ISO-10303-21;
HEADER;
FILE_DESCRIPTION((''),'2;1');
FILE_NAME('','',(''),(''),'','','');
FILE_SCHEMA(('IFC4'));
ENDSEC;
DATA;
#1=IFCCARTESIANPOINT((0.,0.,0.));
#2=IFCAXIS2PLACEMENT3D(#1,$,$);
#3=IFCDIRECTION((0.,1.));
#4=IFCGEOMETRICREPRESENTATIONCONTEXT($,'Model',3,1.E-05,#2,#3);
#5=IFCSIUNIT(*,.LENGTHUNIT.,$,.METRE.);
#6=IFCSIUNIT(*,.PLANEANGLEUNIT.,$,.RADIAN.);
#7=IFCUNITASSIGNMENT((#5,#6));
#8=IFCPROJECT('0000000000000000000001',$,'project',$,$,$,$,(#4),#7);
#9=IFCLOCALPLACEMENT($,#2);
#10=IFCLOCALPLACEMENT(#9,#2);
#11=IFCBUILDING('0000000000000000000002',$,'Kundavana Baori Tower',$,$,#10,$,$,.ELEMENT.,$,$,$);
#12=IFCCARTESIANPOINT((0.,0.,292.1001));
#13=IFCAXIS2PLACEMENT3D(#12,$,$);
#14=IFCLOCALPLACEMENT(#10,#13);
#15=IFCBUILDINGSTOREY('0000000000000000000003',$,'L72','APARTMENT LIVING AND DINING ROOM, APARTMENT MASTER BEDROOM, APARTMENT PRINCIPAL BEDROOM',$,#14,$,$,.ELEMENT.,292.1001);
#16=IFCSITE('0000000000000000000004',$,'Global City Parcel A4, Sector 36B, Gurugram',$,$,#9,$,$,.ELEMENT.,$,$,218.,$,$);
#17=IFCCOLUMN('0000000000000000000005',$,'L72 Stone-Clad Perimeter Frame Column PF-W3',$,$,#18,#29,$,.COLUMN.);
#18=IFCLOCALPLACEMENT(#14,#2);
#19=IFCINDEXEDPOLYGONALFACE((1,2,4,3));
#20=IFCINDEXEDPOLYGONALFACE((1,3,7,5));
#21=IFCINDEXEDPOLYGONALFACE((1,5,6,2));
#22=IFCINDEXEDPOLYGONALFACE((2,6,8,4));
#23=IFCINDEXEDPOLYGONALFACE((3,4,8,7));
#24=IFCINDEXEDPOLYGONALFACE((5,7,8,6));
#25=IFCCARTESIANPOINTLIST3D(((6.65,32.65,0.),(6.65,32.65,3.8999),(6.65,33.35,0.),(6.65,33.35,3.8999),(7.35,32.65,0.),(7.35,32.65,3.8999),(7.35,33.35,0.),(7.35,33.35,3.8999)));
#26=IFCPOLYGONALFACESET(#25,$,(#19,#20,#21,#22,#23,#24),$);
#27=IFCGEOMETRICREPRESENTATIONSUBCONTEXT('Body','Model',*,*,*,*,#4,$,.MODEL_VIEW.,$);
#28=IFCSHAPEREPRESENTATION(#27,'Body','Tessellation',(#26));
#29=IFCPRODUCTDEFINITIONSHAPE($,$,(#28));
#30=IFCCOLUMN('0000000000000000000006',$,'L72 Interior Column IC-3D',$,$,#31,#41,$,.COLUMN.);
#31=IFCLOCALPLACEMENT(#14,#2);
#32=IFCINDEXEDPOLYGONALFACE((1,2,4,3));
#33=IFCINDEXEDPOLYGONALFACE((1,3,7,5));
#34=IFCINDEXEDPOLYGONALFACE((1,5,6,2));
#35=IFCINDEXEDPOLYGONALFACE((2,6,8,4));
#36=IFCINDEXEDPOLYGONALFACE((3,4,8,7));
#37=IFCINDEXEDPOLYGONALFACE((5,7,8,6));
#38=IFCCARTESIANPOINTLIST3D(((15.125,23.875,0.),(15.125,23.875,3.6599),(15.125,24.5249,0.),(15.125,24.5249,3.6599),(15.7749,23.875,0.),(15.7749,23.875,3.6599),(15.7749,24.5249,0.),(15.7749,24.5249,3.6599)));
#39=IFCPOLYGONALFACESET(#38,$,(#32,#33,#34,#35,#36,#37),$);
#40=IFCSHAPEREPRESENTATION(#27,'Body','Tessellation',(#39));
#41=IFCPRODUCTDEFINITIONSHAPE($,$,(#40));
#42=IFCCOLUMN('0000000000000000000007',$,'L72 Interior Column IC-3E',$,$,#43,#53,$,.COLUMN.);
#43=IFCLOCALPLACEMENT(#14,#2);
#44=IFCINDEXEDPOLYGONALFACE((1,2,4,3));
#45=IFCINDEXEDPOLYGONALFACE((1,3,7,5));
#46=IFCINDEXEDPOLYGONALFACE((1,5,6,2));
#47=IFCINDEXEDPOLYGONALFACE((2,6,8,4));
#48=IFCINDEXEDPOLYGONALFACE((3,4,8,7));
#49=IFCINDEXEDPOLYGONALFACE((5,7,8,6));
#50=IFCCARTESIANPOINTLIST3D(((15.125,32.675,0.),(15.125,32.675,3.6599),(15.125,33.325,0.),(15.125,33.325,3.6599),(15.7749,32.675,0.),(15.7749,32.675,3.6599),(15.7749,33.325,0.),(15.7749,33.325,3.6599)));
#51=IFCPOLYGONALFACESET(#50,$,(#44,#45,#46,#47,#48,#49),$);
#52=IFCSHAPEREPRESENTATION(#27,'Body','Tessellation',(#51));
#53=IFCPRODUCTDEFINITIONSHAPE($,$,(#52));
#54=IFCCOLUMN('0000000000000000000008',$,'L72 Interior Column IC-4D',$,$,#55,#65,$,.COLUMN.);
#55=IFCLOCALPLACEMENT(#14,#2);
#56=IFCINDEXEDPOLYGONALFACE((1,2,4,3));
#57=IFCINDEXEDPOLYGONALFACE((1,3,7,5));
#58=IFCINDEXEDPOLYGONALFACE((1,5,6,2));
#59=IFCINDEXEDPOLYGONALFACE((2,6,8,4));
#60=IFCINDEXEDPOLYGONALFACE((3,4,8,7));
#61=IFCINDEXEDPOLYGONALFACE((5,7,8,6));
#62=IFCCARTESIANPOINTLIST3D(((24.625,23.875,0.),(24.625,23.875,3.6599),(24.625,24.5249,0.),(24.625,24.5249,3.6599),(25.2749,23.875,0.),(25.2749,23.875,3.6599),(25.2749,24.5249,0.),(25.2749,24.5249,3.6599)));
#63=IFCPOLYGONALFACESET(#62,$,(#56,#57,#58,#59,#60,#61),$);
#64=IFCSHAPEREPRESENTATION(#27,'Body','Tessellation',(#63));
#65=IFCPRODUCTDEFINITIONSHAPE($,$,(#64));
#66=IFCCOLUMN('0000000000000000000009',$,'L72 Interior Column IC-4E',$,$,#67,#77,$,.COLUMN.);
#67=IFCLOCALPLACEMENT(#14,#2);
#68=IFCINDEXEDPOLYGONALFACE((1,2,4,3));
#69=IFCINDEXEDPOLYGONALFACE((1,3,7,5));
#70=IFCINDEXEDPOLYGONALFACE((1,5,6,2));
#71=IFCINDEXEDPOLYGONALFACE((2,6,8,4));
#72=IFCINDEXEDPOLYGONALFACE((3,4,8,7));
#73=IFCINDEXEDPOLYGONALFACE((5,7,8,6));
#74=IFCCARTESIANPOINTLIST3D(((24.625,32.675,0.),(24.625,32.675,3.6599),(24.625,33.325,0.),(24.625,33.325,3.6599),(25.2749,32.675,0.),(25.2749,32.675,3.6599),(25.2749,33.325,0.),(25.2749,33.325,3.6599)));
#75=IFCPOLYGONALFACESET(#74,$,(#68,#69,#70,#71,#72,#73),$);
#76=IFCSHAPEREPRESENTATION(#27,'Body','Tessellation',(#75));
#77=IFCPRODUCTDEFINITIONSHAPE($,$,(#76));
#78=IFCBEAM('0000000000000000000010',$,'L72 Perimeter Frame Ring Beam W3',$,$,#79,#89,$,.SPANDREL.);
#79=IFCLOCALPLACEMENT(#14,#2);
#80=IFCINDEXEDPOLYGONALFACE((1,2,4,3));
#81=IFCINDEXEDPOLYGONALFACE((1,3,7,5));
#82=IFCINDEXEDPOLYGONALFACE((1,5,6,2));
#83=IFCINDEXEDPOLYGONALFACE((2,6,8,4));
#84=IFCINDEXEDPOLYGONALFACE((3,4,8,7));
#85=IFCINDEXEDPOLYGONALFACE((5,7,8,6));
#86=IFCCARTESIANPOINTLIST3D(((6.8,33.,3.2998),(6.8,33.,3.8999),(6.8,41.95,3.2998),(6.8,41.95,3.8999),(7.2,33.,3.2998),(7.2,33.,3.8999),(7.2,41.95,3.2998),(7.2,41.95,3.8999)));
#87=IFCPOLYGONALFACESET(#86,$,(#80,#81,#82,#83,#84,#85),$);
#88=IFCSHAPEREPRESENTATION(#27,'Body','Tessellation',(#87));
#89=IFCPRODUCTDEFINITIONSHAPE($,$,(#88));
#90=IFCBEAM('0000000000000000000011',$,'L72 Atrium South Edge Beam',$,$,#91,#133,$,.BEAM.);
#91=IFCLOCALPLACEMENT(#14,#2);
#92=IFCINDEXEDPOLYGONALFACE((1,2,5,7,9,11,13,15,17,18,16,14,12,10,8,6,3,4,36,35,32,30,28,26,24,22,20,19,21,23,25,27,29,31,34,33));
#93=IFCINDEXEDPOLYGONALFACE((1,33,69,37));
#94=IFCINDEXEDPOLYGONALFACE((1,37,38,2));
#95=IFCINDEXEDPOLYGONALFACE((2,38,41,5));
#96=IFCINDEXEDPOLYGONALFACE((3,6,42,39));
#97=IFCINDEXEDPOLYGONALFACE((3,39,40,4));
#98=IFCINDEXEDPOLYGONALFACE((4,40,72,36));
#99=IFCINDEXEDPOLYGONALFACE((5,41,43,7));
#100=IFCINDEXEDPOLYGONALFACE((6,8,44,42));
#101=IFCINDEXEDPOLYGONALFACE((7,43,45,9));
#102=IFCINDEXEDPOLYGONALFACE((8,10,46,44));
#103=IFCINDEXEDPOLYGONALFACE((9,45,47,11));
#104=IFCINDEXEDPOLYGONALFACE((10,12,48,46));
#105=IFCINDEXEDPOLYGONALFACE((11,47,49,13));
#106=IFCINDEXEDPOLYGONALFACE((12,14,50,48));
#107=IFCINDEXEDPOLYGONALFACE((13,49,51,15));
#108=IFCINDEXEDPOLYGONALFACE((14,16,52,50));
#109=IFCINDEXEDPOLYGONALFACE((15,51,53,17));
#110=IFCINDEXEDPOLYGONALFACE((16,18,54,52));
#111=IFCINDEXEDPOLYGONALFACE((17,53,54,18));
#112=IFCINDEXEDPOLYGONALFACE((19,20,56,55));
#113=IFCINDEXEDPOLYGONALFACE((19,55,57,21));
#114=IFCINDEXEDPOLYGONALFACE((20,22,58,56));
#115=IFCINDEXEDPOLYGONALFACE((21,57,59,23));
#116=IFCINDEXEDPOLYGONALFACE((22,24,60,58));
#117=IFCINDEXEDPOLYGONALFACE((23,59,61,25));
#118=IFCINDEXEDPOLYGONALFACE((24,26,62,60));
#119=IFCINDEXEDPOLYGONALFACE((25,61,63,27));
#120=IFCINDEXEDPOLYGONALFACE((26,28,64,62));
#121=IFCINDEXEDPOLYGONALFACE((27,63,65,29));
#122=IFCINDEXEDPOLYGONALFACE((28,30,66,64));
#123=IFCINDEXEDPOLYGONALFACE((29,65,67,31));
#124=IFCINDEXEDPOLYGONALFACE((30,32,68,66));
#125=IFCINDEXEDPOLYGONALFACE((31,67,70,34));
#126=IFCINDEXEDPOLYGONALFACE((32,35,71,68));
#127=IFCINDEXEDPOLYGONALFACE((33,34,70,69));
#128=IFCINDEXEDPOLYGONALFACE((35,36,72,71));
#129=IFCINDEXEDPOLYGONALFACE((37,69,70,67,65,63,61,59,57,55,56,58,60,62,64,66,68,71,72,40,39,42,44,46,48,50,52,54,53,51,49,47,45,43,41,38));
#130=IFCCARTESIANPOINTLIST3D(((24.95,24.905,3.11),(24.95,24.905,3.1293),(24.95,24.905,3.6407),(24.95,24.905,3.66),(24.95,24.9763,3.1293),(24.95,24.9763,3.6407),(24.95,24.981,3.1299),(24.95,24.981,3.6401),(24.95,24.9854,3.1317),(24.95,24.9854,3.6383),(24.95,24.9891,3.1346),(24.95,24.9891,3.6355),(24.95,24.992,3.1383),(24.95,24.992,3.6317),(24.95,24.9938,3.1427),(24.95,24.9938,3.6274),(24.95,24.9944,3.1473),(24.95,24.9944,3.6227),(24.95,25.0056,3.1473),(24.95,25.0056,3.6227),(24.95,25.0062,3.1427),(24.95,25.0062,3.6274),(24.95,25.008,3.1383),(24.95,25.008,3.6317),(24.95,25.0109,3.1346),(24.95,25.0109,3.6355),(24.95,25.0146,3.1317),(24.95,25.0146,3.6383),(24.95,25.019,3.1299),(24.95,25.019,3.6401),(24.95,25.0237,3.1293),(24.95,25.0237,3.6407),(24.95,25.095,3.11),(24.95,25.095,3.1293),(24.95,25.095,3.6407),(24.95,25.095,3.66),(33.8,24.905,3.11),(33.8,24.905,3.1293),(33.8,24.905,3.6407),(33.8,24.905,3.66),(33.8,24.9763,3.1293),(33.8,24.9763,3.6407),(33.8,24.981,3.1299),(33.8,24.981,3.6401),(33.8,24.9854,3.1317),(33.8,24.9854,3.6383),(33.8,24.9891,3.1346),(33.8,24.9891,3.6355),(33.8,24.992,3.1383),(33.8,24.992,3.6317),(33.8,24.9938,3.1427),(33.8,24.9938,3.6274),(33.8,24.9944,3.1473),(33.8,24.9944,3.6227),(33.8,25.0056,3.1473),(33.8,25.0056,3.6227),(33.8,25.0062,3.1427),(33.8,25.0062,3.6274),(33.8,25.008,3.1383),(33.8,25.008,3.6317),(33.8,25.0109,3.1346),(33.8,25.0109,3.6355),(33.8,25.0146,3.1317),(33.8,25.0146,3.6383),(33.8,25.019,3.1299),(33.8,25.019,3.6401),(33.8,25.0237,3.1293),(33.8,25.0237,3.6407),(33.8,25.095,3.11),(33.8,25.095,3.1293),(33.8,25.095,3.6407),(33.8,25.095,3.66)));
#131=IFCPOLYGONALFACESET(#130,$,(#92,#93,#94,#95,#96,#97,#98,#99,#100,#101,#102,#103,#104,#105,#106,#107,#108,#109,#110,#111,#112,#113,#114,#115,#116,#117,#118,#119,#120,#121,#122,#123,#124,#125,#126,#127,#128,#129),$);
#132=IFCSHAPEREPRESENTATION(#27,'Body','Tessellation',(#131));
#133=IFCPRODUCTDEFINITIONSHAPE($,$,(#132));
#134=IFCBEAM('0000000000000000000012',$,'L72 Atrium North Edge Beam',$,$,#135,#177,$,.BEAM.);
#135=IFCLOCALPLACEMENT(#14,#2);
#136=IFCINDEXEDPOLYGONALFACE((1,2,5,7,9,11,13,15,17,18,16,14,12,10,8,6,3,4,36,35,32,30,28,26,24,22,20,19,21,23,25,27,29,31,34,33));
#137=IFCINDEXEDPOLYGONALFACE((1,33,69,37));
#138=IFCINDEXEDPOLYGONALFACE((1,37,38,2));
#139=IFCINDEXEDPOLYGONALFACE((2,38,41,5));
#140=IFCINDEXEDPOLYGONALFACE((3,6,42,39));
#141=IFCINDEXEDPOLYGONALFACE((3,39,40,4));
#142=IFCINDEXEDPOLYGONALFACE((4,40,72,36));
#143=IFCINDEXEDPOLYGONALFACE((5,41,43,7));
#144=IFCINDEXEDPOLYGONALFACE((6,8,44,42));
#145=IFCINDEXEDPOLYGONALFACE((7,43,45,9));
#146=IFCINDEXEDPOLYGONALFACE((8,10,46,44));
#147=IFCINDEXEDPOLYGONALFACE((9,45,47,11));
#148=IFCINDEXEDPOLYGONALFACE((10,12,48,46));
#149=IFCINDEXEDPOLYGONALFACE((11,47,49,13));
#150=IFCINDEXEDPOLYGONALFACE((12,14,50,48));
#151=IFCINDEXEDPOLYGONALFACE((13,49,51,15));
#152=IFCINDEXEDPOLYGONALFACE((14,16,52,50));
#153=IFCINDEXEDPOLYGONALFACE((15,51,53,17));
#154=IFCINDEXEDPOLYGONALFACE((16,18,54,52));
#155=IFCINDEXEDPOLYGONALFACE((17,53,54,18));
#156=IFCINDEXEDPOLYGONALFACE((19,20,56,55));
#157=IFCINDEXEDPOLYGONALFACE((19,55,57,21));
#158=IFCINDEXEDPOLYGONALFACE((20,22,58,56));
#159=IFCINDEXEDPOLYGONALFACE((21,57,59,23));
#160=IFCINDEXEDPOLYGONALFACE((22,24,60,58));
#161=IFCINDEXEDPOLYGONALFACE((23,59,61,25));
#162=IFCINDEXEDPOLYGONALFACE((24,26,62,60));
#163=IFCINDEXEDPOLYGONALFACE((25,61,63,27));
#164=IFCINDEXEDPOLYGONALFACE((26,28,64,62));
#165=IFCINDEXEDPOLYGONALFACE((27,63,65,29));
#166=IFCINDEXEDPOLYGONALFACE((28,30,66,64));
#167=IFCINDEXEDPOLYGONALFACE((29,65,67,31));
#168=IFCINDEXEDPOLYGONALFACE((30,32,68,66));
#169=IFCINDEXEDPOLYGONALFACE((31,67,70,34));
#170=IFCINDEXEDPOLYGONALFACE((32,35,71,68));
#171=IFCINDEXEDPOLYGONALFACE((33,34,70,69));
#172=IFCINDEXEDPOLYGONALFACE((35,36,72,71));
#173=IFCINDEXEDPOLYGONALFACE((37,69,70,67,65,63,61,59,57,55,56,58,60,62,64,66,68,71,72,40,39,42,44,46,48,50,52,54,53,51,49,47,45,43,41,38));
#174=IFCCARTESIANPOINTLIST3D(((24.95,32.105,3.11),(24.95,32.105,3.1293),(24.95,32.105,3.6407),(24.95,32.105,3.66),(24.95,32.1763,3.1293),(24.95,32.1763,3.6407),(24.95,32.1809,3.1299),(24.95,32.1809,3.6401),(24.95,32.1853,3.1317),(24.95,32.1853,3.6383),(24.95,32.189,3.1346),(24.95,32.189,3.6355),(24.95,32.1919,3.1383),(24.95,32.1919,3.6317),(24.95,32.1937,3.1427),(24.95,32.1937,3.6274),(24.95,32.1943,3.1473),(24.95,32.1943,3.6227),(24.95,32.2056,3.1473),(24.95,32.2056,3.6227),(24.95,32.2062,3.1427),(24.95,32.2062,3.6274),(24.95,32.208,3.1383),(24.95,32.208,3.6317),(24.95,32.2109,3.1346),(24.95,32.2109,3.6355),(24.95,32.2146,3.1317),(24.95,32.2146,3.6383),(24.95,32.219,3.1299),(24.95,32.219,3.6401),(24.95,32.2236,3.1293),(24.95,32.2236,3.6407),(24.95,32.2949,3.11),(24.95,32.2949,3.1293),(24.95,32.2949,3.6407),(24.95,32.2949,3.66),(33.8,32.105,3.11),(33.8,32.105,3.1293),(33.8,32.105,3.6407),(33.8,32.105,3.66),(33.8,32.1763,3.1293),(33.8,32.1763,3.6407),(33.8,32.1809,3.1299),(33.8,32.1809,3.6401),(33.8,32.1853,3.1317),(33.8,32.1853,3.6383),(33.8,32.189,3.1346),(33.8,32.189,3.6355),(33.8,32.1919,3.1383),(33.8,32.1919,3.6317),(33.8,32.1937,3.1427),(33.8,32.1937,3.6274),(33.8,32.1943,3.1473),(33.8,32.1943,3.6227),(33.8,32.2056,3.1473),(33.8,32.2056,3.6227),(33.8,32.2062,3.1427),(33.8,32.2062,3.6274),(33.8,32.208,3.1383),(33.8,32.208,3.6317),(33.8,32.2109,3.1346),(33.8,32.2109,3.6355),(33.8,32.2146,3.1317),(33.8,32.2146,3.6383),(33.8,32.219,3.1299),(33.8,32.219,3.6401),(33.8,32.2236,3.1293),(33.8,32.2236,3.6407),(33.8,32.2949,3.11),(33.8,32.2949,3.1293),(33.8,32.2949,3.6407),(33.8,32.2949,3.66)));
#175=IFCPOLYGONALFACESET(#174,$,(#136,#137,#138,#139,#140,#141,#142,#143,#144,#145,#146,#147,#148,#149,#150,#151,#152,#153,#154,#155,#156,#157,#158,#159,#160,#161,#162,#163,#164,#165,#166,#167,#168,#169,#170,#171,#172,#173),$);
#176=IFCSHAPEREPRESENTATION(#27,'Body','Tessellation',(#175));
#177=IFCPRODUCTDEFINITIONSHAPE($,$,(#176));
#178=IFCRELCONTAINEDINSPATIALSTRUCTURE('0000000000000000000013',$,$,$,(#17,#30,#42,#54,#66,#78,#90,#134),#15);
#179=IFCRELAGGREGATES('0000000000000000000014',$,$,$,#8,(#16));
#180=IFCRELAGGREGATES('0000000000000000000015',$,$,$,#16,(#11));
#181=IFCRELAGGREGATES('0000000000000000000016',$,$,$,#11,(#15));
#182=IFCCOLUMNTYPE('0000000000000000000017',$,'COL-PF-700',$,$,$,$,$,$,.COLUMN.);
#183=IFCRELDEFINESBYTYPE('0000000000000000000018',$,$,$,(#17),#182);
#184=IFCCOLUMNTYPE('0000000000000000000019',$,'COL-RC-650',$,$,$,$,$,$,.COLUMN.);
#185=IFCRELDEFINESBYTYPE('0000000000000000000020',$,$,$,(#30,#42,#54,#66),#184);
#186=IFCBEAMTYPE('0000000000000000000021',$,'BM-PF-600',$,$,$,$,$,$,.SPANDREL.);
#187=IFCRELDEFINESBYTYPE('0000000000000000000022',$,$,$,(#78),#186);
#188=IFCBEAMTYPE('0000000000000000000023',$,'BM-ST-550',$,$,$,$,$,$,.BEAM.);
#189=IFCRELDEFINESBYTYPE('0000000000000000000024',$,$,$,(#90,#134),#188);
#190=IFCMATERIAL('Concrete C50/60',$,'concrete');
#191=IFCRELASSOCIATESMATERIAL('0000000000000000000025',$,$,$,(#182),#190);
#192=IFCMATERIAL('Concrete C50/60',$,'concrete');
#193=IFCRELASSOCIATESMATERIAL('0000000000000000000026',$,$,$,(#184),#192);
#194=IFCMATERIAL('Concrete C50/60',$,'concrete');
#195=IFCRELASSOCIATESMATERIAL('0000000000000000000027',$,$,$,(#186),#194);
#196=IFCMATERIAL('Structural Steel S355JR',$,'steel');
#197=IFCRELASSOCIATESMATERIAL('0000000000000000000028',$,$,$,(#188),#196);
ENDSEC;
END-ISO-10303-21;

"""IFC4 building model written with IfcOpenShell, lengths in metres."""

from ifc_helpers import new_model, si_unit, direction, frame, origin, origin_2d, place, context, subcontext, project, spatial, rectangle, i_section, extrude, material, material_profile, profile_set, type_object, element, save


model = new_model("IFC4")

# Units and contexts
model_context = context("Model", 3, precision=1e-05, world=origin(), true_north=direction((0.0, 1.0)))
body_context = subcontext(model_context, "Body", "Model", "MODEL_VIEW")
ifc_project = project(units=[si_unit("LENGTHUNIT", "METRE"), si_unit("PLANEANGLEUNIT", "RADIAN")], contexts=[model_context])

# Site, building, storey
site_placement = place(None, origin())
site = spatial("IfcSite", under=ifc_project, at=site_placement, Name="Global City Parcel A4, Sector 36B, Gurugram", CompositionType="ELEMENT", RefElevation=218.0)
building_placement = place(site_placement, origin())
building = spatial("IfcBuilding", under=site, at=building_placement, Name="Kundavana Baori Tower", CompositionType="ELEMENT")
storey_placement = place(building_placement, frame((0.0, 0.0, 292.1001)))
storey = spatial("IfcBuildingStorey", under=building, at=storey_placement, Name="L72", Description="APARTMENT LIVING AND DINING ROOM, APARTMENT MASTER BEDROOM, APARTMENT PRINCIPAL BEDROOM", CompositionType="ELEMENT", Elevation=292.1001)

# Columns
ifc_material_1 = material(Name="Concrete C50/60", Category="concrete")
ifc_material_profile_1 = material_profile(ifc_material_1, rectangle(XDim=0.7, YDim=0.7, at=origin_2d()), Name="RC PF 700x700")
ifc_profile_set_1 = profile_set([ifc_material_profile_1], Name="Concrete C50/60")
column_type_1 = type_object("IfcColumnType", Name="COL-PF-700", PredefinedType="COLUMN", material=ifc_profile_set_1)
column_placement = place(storey_placement, frame((7.0, 33.0, 0.0), z_axis=(0.0, 0.0, 1.0), x_axis=(1.0, 0.0, 0.0)))
element("IfcColumn", 1, at=column_placement, inside=storey, type_object=column_type_1, Name="L72 Stone-Clad Perimeter Frame Column PF-W3", PredefinedType="COLUMN", context=body_context, shape_type="SweptSolid", body=[
    extrude(rectangle(XDim=0.7, YDim=0.7, at=origin_2d()), origin(), (0.0, 0.0, 1.0), 3.8999),
])
ifc_material_2 = material(Name="Concrete C50/60", Category="concrete")
ifc_material_profile_2 = material_profile(ifc_material_2, rectangle(XDim=0.6499, YDim=0.6499, at=origin_2d()), Name="RC 650x650")
ifc_profile_set_2 = profile_set([ifc_material_profile_2], Name="Concrete C50/60")
column_type_2 = type_object("IfcColumnType", Name="COL-RC-650", PredefinedType="COLUMN", material=ifc_profile_set_2)
for number, where, z_axis, x_axis, name in (
    (2, (15.45, 24.2, 0.0), (0.0, 0.0, 1.0), (1.0, 0.0, 0.0), "L72 Interior Column IC-3D"),
    (3, (15.45, 33.0, 0.0), (0.0, 0.0, 1.0), (1.0, 0.0, 0.0), "L72 Interior Column IC-3E"),
    (4, (24.95, 24.2, 0.0), (0.0, 0.0, 1.0), (1.0, 0.0, 0.0), "L72 Interior Column IC-4D"),
    (5, (24.95, 33.0, 0.0), (0.0, 0.0, 1.0), (1.0, 0.0, 0.0), "L72 Interior Column IC-4E"),
):
    element("IfcColumn", number, at=place(storey_placement, frame(where, z_axis=z_axis, x_axis=x_axis)), inside=storey, type_object=column_type_2, Name=name, PredefinedType="COLUMN", context=body_context, shape_type="SweptSolid", body=[
        extrude(rectangle(XDim=0.6499, YDim=0.6499, at=origin_2d()), origin(), (0.0, 0.0, 1.0), 3.6599),
    ])

# Beams
ifc_material_3 = material(Name="Concrete C50/60", Category="concrete")
ifc_material_profile_3 = material_profile(ifc_material_3, rectangle(XDim=0.3999, YDim=0.6001, at=origin_2d()), Name="RC BM 400x600")
ifc_profile_set_3 = profile_set([ifc_material_profile_3], Name="Concrete C50/60")
beam_type_1 = type_object("IfcBeamType", Name="BM-PF-600", PredefinedType="SPANDREL", material=ifc_profile_set_3)
beam_1_placement = place(storey_placement, frame((7.0, 33.0, 3.5999), z_axis=(0.0, 1.0, 0.0), x_axis=(-1.0, 0.0, 0.0)))
element("IfcBeam", 6, at=beam_1_placement, inside=storey, type_object=beam_type_1, Name="L72 Perimeter Frame Ring Beam W3", PredefinedType="SPANDREL", context=body_context, shape_type="SweptSolid", body=[
    extrude(rectangle(XDim=0.3999, YDim=0.6001, at=origin_2d()), origin(), (0.0, 0.0, 1.0), 8.95),
])
ifc_material_4 = material(Name="Structural Steel S355JR", Category="steel")
ifc_material_profile_4 = material_profile(ifc_material_4, i_section(OverallWidth=0.1899, OverallDepth=0.55, WebThickness=0.0112, FlangeThickness=0.0193, FilletRadius=0.0181, at=origin_2d()), Name="ISMB 550")
ifc_profile_set_4 = profile_set([ifc_material_profile_4], Name="Structural Steel S355JR")
beam_type_2 = type_object("IfcBeamType", Name="BM-ST-550", PredefinedType="BEAM", material=ifc_profile_set_4)
for number, where, z_axis, x_axis, name in (
    (7, (24.95, 25.0, 3.385), (1.0, 0.0, 0.0), (0.0, 1.0, 0.0), "L72 Atrium South Edge Beam"),
    (8, (24.95, 32.2, 3.385), (1.0, 0.0, 0.0), (0.0, 1.0, 0.0), "L72 Atrium North Edge Beam"),
):
    element("IfcBeam", number, at=place(storey_placement, frame(where, z_axis=z_axis, x_axis=x_axis)), inside=storey, type_object=beam_type_2, Name=name, PredefinedType="BEAM", context=body_context, shape_type="SweptSolid", body=[
        extrude(i_section(OverallWidth=0.1899, OverallDepth=0.55, WebThickness=0.0112, FlangeThickness=0.0193, FilletRadius=0.0181, at=origin_2d()), origin(), (0.0, 0.0, 1.0), 8.8501),
    ])

save(model, "model.ifc")
